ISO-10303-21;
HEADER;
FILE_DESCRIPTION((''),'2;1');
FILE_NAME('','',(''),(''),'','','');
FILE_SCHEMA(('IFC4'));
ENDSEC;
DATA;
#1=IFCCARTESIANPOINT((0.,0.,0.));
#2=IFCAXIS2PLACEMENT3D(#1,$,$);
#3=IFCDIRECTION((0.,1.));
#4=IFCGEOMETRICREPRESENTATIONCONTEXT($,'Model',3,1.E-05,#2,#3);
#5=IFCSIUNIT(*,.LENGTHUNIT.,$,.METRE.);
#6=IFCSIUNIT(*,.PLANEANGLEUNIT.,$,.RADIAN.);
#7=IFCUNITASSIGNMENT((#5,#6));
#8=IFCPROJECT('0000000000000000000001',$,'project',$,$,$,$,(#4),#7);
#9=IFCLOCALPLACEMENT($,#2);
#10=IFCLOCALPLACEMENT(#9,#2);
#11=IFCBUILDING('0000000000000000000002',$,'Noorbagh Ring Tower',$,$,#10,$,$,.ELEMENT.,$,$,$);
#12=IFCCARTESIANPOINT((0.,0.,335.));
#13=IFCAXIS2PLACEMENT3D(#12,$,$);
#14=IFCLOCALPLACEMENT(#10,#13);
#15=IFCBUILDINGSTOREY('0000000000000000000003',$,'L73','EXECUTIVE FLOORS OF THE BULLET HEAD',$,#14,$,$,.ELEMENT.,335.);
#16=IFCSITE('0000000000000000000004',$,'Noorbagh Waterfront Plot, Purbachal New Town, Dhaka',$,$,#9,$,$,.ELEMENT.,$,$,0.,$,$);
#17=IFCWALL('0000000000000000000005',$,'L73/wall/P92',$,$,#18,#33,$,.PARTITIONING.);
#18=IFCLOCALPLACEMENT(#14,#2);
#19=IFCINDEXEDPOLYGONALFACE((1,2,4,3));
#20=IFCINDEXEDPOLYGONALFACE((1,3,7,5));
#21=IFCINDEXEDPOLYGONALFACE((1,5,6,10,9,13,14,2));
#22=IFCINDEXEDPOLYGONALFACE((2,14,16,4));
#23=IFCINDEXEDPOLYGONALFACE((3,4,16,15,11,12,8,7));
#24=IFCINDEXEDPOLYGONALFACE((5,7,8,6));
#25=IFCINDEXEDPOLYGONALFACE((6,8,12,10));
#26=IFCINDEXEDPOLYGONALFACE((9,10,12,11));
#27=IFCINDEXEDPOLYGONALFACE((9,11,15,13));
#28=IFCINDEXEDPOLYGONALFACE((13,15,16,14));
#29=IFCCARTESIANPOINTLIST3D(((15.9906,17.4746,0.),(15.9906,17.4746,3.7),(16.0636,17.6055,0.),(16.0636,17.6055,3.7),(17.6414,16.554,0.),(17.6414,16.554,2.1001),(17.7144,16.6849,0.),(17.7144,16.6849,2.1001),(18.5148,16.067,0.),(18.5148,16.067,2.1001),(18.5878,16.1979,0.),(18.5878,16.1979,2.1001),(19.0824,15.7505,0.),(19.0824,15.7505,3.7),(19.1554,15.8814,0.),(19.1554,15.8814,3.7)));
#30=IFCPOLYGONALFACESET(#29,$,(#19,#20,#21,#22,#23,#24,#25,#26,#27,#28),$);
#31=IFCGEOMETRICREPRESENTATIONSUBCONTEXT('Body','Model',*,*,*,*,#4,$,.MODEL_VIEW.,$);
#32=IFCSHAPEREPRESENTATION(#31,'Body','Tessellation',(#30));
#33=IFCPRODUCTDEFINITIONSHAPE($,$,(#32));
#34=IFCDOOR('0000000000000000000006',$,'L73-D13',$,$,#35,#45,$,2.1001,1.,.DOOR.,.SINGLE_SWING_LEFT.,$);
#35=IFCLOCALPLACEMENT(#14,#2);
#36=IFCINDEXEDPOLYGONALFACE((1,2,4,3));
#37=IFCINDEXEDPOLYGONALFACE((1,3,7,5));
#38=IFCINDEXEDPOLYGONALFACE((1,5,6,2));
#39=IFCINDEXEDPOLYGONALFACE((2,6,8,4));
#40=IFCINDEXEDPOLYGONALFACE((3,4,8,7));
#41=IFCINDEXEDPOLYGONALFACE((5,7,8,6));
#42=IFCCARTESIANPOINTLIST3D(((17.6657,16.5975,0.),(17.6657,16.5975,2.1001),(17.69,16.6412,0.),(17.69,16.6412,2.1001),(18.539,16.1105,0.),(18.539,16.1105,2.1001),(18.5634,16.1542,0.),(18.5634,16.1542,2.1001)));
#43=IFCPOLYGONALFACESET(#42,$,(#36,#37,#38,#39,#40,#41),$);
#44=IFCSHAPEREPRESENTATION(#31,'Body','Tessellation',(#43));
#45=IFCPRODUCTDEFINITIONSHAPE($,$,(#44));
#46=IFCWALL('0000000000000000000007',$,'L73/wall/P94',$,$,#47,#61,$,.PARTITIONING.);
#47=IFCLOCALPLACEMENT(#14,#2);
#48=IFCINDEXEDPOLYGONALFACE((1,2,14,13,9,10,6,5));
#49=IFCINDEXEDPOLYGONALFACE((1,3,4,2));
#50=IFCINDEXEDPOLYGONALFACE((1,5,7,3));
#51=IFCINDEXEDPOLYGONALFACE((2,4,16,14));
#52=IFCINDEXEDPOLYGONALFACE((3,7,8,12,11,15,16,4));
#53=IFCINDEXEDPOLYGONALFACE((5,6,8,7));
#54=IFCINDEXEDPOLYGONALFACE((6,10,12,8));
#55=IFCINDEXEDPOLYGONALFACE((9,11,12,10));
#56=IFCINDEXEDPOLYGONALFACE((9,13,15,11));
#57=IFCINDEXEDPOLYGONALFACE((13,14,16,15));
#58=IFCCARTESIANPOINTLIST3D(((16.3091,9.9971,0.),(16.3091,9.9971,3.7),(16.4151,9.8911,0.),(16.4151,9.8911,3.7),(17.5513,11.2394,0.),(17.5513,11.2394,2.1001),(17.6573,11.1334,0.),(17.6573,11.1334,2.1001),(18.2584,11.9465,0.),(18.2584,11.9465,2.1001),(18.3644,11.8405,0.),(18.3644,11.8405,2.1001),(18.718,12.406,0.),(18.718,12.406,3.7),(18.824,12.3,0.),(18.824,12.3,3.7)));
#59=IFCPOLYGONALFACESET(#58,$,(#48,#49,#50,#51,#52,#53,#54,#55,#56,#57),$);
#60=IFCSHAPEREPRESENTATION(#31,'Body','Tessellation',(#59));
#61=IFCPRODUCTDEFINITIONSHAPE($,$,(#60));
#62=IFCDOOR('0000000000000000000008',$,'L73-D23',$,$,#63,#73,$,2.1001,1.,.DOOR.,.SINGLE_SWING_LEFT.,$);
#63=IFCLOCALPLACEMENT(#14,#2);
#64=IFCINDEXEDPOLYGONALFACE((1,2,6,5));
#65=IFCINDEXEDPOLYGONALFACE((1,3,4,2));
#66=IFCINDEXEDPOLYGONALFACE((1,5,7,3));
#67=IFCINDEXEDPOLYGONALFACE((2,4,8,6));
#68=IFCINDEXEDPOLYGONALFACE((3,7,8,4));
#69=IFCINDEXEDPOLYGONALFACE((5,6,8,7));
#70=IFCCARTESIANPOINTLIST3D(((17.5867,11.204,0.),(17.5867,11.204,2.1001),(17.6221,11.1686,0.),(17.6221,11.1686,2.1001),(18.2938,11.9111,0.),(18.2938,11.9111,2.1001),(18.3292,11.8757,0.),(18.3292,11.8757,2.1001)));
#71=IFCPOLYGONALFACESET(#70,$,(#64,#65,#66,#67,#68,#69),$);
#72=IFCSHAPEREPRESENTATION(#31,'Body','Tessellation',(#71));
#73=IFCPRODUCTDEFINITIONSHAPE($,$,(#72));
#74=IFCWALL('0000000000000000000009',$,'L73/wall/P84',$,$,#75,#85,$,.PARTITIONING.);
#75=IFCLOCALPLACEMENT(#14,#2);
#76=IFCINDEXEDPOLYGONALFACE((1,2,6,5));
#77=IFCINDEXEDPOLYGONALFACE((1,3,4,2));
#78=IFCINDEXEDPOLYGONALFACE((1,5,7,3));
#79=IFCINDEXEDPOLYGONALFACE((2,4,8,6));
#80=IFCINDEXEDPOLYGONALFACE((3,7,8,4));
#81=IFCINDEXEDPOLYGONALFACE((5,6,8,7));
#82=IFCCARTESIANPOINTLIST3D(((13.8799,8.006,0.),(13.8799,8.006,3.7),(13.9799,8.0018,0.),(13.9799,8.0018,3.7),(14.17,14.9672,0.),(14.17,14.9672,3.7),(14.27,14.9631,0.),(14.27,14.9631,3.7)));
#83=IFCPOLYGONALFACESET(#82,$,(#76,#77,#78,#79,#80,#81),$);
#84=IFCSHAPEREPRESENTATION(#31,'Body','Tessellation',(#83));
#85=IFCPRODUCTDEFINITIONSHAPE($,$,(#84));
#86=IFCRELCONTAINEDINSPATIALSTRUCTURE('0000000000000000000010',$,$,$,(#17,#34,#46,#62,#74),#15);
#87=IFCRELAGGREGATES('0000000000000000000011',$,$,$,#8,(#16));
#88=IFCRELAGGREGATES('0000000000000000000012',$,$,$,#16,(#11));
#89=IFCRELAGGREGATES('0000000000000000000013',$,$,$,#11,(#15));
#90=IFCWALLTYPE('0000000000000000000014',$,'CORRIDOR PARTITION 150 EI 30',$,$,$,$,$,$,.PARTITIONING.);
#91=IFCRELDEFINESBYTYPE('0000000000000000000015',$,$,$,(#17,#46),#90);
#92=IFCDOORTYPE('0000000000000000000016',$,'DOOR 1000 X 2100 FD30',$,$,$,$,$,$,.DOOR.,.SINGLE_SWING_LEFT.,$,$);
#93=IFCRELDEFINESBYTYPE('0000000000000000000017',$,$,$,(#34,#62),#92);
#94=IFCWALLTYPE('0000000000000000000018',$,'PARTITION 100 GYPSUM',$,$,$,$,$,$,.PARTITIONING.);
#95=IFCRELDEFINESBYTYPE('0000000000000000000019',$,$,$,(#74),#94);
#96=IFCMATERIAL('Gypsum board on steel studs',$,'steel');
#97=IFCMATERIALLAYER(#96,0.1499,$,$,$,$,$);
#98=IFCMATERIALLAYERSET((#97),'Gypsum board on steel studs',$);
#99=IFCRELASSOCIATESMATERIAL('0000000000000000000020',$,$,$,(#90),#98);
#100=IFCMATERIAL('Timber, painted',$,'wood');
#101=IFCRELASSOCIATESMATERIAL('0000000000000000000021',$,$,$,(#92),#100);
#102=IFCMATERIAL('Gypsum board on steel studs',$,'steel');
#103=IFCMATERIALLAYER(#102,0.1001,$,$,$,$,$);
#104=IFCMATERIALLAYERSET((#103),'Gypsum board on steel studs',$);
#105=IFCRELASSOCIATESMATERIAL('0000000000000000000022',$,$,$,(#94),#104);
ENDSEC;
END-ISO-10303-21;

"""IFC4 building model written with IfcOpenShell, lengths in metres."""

from ifc_helpers import new_model, si_unit, direction, frame, frame_2d, origin, place, context, subcontext, project, spatial, rectangle, extrude, material, layer, layer_set, type_object, element, fill, save


model = new_model("IFC4")

# Units and contexts
model_context = context("Model", 3, precision=1e-05, world=origin(), true_north=direction((0.0, 1.0)))
body_context = subcontext(model_context, "Body", "Model", "MODEL_VIEW")
ifc_project = project(units=[si_unit("LENGTHUNIT", "METRE"), si_unit("PLANEANGLEUNIT", "RADIAN")], contexts=[model_context])

# Site, building, storey
site_placement = place(None, origin())
site = spatial("IfcSite", under=ifc_project, at=site_placement, Name="Noorbagh Waterfront Plot, Purbachal New Town, Dhaka", CompositionType="ELEMENT", RefElevation=0.0)
building_placement = place(site_placement, origin())
building = spatial("IfcBuilding", under=site, at=building_placement, Name="Noorbagh Ring Tower", CompositionType="ELEMENT")
storey_placement = place(building_placement, frame((0.0, 0.0, 335.0)))
storey = spatial("IfcBuildingStorey", under=building, at=storey_placement, Name="L73", Description="EXECUTIVE FLOORS OF THE BULLET HEAD", CompositionType="ELEMENT", Elevation=335.0)

# Shared definitions
ifc_material_1 = material(Name="Gypsum board on steel studs", Category="steel")
ifc_layer_1 = layer(ifc_material_1, 0.1499)
ifc_layer_set_1 = layer_set([ifc_layer_1], Name="Gypsum board on steel studs")
wall_type_1 = type_object("IfcWallType", Name="CORRIDOR PARTITION 150 EI 30", PredefinedType="PARTITIONING", material=ifc_layer_set_1)

# Walls, openings, doors
wall_1_placement = place(storey_placement, frame((16.0271, 17.54, 0.0), z_axis=(0.0, 0.0, 1.0), x_axis=(0.873382, -0.487036, 0.0)))
wall_1 = element("IfcWall", 1, at=wall_1_placement, inside=storey, type_object=wall_type_1, Name="L73/wall/P92", PredefinedType="PARTITIONING", context=body_context, shape_type="SweptSolid", body=[
    extrude(rectangle(XDim=3.54, YDim=0.1499, at=frame_2d((1.77, 0.0))), origin(), (0.0, 0.0, 1.0), 3.7),
])
opening_1_placement = place(wall_1_placement, frame((1.8901, 0.0, 0.0)))
opening_1 = element("IfcOpeningElement", 2, at=opening_1_placement, cuts=wall_1, PredefinedType="OPENING", context=body_context, shape_type="SweptSolid", body=[
    extrude(rectangle(XDim=1.0, YDim=2.1001, at=frame_2d((0.5, 1.05))), frame((0.0, 0.085, 0.0), z_axis=(0.0, -1.0, 0.0), x_axis=(1.0, 0.0, 0.0)), (0.0, 0.0, 1.0), 0.1699),
])
ifc_material_2 = material(Name="Timber, painted", Category="wood")
door_type_1 = type_object("IfcDoorType", Name="DOOR 1000 X 2100 FD30", OperationType="SINGLE_SWING_LEFT", PredefinedType="DOOR", material=ifc_material_2)
door_1_placement = place(opening_1_placement, origin())
door_1 = element("IfcDoor", 3, at=door_1_placement, inside=storey, type_object=door_type_1, Name="L73-D13", OperationType="SINGLE_SWING_LEFT", OverallHeight=2.1001, OverallWidth=1.0, PredefinedType="DOOR", context=body_context, shape_type="SweptSolid", body=[
    extrude(rectangle(XDim=1.0, YDim=2.1001, at=frame_2d((0.5, 1.05))), frame((0.0, 0.0249, 0.0), z_axis=(0.0, -1.0, 0.0), x_axis=(1.0, 0.0, 0.0)), (0.0, 0.0, 1.0), 0.05),
])
fill(opening_1, door_1)
wall_2_placement = place(storey_placement, frame((16.3621, 9.9441, 0.0), z_axis=(0.0, 0.0, 1.0), x_axis=(0.707107, 0.707107, 0.0)))
wall_2 = element("IfcWall", 4, at=wall_2_placement, inside=storey, type_object=wall_type_1, Name="L73/wall/P94", PredefinedType="PARTITIONING", context=body_context, shape_type="SweptSolid", body=[
    extrude(rectangle(XDim=3.4067, YDim=0.1499, at=frame_2d((1.7034, 0.0))), origin(), (0.0, 0.0, 1.0), 3.7),
])
opening_2_placement = place(wall_2_placement, frame((1.7568, 0.0, 0.0)))
opening_2 = element("IfcOpeningElement", 5, at=opening_2_placement, cuts=wall_2, PredefinedType="OPENING", context=body_context, shape_type="SweptSolid", body=[
    extrude(rectangle(XDim=1.0, YDim=2.1001, at=frame_2d((0.5, 1.05))), frame((0.0, 0.085, 0.0), z_axis=(0.0, -1.0, 0.0), x_axis=(1.0, 0.0, 0.0)), (0.0, 0.0, 1.0), 0.1699),
])
door_2_placement = place(opening_2_placement, origin())
door_2 = element("IfcDoor", 6, at=door_2_placement, inside=storey, type_object=door_type_1, Name="L73-D23", OperationType="SINGLE_SWING_LEFT", OverallHeight=2.1001, OverallWidth=1.0, PredefinedType="DOOR", context=body_context, shape_type="SweptSolid", body=[
    extrude(rectangle(XDim=1.0, YDim=2.1001, at=frame_2d((0.5, 1.05))), frame((0.0, 0.0249, 0.0), z_axis=(0.0, -1.0, 0.0), x_axis=(1.0, 0.0, 0.0)), (0.0, 0.0, 1.0), 0.05),
])
fill(opening_2, door_2)

# Wall
ifc_material_3 = material(Name="Gypsum board on steel studs", Category="steel")
ifc_layer_2 = layer(ifc_material_3, 0.1001)
ifc_layer_set_2 = layer_set([ifc_layer_2], Name="Gypsum board on steel studs")
wall_type_2 = type_object("IfcWallType", Name="PARTITION 100 GYPSUM", PredefinedType="PARTITIONING", material=ifc_layer_set_2)
wall_3_placement = place(storey_placement, frame((13.9299, 8.0039, 0.0), z_axis=(0.0, 0.0, 1.0), x_axis=(0.041629, 0.999133, 0.0)))
element("IfcWall", 7, at=wall_3_placement, inside=storey, type_object=wall_type_2, Name="L73/wall/P84", PredefinedType="PARTITIONING", context=body_context, shape_type="SweptSolid", body=[
    extrude(rectangle(XDim=6.9673, YDim=0.1001, at=frame_2d((3.4836, 0.0))), origin(), (0.0, 0.0, 1.0), 3.7),
])

save(model, "model.ifc")
